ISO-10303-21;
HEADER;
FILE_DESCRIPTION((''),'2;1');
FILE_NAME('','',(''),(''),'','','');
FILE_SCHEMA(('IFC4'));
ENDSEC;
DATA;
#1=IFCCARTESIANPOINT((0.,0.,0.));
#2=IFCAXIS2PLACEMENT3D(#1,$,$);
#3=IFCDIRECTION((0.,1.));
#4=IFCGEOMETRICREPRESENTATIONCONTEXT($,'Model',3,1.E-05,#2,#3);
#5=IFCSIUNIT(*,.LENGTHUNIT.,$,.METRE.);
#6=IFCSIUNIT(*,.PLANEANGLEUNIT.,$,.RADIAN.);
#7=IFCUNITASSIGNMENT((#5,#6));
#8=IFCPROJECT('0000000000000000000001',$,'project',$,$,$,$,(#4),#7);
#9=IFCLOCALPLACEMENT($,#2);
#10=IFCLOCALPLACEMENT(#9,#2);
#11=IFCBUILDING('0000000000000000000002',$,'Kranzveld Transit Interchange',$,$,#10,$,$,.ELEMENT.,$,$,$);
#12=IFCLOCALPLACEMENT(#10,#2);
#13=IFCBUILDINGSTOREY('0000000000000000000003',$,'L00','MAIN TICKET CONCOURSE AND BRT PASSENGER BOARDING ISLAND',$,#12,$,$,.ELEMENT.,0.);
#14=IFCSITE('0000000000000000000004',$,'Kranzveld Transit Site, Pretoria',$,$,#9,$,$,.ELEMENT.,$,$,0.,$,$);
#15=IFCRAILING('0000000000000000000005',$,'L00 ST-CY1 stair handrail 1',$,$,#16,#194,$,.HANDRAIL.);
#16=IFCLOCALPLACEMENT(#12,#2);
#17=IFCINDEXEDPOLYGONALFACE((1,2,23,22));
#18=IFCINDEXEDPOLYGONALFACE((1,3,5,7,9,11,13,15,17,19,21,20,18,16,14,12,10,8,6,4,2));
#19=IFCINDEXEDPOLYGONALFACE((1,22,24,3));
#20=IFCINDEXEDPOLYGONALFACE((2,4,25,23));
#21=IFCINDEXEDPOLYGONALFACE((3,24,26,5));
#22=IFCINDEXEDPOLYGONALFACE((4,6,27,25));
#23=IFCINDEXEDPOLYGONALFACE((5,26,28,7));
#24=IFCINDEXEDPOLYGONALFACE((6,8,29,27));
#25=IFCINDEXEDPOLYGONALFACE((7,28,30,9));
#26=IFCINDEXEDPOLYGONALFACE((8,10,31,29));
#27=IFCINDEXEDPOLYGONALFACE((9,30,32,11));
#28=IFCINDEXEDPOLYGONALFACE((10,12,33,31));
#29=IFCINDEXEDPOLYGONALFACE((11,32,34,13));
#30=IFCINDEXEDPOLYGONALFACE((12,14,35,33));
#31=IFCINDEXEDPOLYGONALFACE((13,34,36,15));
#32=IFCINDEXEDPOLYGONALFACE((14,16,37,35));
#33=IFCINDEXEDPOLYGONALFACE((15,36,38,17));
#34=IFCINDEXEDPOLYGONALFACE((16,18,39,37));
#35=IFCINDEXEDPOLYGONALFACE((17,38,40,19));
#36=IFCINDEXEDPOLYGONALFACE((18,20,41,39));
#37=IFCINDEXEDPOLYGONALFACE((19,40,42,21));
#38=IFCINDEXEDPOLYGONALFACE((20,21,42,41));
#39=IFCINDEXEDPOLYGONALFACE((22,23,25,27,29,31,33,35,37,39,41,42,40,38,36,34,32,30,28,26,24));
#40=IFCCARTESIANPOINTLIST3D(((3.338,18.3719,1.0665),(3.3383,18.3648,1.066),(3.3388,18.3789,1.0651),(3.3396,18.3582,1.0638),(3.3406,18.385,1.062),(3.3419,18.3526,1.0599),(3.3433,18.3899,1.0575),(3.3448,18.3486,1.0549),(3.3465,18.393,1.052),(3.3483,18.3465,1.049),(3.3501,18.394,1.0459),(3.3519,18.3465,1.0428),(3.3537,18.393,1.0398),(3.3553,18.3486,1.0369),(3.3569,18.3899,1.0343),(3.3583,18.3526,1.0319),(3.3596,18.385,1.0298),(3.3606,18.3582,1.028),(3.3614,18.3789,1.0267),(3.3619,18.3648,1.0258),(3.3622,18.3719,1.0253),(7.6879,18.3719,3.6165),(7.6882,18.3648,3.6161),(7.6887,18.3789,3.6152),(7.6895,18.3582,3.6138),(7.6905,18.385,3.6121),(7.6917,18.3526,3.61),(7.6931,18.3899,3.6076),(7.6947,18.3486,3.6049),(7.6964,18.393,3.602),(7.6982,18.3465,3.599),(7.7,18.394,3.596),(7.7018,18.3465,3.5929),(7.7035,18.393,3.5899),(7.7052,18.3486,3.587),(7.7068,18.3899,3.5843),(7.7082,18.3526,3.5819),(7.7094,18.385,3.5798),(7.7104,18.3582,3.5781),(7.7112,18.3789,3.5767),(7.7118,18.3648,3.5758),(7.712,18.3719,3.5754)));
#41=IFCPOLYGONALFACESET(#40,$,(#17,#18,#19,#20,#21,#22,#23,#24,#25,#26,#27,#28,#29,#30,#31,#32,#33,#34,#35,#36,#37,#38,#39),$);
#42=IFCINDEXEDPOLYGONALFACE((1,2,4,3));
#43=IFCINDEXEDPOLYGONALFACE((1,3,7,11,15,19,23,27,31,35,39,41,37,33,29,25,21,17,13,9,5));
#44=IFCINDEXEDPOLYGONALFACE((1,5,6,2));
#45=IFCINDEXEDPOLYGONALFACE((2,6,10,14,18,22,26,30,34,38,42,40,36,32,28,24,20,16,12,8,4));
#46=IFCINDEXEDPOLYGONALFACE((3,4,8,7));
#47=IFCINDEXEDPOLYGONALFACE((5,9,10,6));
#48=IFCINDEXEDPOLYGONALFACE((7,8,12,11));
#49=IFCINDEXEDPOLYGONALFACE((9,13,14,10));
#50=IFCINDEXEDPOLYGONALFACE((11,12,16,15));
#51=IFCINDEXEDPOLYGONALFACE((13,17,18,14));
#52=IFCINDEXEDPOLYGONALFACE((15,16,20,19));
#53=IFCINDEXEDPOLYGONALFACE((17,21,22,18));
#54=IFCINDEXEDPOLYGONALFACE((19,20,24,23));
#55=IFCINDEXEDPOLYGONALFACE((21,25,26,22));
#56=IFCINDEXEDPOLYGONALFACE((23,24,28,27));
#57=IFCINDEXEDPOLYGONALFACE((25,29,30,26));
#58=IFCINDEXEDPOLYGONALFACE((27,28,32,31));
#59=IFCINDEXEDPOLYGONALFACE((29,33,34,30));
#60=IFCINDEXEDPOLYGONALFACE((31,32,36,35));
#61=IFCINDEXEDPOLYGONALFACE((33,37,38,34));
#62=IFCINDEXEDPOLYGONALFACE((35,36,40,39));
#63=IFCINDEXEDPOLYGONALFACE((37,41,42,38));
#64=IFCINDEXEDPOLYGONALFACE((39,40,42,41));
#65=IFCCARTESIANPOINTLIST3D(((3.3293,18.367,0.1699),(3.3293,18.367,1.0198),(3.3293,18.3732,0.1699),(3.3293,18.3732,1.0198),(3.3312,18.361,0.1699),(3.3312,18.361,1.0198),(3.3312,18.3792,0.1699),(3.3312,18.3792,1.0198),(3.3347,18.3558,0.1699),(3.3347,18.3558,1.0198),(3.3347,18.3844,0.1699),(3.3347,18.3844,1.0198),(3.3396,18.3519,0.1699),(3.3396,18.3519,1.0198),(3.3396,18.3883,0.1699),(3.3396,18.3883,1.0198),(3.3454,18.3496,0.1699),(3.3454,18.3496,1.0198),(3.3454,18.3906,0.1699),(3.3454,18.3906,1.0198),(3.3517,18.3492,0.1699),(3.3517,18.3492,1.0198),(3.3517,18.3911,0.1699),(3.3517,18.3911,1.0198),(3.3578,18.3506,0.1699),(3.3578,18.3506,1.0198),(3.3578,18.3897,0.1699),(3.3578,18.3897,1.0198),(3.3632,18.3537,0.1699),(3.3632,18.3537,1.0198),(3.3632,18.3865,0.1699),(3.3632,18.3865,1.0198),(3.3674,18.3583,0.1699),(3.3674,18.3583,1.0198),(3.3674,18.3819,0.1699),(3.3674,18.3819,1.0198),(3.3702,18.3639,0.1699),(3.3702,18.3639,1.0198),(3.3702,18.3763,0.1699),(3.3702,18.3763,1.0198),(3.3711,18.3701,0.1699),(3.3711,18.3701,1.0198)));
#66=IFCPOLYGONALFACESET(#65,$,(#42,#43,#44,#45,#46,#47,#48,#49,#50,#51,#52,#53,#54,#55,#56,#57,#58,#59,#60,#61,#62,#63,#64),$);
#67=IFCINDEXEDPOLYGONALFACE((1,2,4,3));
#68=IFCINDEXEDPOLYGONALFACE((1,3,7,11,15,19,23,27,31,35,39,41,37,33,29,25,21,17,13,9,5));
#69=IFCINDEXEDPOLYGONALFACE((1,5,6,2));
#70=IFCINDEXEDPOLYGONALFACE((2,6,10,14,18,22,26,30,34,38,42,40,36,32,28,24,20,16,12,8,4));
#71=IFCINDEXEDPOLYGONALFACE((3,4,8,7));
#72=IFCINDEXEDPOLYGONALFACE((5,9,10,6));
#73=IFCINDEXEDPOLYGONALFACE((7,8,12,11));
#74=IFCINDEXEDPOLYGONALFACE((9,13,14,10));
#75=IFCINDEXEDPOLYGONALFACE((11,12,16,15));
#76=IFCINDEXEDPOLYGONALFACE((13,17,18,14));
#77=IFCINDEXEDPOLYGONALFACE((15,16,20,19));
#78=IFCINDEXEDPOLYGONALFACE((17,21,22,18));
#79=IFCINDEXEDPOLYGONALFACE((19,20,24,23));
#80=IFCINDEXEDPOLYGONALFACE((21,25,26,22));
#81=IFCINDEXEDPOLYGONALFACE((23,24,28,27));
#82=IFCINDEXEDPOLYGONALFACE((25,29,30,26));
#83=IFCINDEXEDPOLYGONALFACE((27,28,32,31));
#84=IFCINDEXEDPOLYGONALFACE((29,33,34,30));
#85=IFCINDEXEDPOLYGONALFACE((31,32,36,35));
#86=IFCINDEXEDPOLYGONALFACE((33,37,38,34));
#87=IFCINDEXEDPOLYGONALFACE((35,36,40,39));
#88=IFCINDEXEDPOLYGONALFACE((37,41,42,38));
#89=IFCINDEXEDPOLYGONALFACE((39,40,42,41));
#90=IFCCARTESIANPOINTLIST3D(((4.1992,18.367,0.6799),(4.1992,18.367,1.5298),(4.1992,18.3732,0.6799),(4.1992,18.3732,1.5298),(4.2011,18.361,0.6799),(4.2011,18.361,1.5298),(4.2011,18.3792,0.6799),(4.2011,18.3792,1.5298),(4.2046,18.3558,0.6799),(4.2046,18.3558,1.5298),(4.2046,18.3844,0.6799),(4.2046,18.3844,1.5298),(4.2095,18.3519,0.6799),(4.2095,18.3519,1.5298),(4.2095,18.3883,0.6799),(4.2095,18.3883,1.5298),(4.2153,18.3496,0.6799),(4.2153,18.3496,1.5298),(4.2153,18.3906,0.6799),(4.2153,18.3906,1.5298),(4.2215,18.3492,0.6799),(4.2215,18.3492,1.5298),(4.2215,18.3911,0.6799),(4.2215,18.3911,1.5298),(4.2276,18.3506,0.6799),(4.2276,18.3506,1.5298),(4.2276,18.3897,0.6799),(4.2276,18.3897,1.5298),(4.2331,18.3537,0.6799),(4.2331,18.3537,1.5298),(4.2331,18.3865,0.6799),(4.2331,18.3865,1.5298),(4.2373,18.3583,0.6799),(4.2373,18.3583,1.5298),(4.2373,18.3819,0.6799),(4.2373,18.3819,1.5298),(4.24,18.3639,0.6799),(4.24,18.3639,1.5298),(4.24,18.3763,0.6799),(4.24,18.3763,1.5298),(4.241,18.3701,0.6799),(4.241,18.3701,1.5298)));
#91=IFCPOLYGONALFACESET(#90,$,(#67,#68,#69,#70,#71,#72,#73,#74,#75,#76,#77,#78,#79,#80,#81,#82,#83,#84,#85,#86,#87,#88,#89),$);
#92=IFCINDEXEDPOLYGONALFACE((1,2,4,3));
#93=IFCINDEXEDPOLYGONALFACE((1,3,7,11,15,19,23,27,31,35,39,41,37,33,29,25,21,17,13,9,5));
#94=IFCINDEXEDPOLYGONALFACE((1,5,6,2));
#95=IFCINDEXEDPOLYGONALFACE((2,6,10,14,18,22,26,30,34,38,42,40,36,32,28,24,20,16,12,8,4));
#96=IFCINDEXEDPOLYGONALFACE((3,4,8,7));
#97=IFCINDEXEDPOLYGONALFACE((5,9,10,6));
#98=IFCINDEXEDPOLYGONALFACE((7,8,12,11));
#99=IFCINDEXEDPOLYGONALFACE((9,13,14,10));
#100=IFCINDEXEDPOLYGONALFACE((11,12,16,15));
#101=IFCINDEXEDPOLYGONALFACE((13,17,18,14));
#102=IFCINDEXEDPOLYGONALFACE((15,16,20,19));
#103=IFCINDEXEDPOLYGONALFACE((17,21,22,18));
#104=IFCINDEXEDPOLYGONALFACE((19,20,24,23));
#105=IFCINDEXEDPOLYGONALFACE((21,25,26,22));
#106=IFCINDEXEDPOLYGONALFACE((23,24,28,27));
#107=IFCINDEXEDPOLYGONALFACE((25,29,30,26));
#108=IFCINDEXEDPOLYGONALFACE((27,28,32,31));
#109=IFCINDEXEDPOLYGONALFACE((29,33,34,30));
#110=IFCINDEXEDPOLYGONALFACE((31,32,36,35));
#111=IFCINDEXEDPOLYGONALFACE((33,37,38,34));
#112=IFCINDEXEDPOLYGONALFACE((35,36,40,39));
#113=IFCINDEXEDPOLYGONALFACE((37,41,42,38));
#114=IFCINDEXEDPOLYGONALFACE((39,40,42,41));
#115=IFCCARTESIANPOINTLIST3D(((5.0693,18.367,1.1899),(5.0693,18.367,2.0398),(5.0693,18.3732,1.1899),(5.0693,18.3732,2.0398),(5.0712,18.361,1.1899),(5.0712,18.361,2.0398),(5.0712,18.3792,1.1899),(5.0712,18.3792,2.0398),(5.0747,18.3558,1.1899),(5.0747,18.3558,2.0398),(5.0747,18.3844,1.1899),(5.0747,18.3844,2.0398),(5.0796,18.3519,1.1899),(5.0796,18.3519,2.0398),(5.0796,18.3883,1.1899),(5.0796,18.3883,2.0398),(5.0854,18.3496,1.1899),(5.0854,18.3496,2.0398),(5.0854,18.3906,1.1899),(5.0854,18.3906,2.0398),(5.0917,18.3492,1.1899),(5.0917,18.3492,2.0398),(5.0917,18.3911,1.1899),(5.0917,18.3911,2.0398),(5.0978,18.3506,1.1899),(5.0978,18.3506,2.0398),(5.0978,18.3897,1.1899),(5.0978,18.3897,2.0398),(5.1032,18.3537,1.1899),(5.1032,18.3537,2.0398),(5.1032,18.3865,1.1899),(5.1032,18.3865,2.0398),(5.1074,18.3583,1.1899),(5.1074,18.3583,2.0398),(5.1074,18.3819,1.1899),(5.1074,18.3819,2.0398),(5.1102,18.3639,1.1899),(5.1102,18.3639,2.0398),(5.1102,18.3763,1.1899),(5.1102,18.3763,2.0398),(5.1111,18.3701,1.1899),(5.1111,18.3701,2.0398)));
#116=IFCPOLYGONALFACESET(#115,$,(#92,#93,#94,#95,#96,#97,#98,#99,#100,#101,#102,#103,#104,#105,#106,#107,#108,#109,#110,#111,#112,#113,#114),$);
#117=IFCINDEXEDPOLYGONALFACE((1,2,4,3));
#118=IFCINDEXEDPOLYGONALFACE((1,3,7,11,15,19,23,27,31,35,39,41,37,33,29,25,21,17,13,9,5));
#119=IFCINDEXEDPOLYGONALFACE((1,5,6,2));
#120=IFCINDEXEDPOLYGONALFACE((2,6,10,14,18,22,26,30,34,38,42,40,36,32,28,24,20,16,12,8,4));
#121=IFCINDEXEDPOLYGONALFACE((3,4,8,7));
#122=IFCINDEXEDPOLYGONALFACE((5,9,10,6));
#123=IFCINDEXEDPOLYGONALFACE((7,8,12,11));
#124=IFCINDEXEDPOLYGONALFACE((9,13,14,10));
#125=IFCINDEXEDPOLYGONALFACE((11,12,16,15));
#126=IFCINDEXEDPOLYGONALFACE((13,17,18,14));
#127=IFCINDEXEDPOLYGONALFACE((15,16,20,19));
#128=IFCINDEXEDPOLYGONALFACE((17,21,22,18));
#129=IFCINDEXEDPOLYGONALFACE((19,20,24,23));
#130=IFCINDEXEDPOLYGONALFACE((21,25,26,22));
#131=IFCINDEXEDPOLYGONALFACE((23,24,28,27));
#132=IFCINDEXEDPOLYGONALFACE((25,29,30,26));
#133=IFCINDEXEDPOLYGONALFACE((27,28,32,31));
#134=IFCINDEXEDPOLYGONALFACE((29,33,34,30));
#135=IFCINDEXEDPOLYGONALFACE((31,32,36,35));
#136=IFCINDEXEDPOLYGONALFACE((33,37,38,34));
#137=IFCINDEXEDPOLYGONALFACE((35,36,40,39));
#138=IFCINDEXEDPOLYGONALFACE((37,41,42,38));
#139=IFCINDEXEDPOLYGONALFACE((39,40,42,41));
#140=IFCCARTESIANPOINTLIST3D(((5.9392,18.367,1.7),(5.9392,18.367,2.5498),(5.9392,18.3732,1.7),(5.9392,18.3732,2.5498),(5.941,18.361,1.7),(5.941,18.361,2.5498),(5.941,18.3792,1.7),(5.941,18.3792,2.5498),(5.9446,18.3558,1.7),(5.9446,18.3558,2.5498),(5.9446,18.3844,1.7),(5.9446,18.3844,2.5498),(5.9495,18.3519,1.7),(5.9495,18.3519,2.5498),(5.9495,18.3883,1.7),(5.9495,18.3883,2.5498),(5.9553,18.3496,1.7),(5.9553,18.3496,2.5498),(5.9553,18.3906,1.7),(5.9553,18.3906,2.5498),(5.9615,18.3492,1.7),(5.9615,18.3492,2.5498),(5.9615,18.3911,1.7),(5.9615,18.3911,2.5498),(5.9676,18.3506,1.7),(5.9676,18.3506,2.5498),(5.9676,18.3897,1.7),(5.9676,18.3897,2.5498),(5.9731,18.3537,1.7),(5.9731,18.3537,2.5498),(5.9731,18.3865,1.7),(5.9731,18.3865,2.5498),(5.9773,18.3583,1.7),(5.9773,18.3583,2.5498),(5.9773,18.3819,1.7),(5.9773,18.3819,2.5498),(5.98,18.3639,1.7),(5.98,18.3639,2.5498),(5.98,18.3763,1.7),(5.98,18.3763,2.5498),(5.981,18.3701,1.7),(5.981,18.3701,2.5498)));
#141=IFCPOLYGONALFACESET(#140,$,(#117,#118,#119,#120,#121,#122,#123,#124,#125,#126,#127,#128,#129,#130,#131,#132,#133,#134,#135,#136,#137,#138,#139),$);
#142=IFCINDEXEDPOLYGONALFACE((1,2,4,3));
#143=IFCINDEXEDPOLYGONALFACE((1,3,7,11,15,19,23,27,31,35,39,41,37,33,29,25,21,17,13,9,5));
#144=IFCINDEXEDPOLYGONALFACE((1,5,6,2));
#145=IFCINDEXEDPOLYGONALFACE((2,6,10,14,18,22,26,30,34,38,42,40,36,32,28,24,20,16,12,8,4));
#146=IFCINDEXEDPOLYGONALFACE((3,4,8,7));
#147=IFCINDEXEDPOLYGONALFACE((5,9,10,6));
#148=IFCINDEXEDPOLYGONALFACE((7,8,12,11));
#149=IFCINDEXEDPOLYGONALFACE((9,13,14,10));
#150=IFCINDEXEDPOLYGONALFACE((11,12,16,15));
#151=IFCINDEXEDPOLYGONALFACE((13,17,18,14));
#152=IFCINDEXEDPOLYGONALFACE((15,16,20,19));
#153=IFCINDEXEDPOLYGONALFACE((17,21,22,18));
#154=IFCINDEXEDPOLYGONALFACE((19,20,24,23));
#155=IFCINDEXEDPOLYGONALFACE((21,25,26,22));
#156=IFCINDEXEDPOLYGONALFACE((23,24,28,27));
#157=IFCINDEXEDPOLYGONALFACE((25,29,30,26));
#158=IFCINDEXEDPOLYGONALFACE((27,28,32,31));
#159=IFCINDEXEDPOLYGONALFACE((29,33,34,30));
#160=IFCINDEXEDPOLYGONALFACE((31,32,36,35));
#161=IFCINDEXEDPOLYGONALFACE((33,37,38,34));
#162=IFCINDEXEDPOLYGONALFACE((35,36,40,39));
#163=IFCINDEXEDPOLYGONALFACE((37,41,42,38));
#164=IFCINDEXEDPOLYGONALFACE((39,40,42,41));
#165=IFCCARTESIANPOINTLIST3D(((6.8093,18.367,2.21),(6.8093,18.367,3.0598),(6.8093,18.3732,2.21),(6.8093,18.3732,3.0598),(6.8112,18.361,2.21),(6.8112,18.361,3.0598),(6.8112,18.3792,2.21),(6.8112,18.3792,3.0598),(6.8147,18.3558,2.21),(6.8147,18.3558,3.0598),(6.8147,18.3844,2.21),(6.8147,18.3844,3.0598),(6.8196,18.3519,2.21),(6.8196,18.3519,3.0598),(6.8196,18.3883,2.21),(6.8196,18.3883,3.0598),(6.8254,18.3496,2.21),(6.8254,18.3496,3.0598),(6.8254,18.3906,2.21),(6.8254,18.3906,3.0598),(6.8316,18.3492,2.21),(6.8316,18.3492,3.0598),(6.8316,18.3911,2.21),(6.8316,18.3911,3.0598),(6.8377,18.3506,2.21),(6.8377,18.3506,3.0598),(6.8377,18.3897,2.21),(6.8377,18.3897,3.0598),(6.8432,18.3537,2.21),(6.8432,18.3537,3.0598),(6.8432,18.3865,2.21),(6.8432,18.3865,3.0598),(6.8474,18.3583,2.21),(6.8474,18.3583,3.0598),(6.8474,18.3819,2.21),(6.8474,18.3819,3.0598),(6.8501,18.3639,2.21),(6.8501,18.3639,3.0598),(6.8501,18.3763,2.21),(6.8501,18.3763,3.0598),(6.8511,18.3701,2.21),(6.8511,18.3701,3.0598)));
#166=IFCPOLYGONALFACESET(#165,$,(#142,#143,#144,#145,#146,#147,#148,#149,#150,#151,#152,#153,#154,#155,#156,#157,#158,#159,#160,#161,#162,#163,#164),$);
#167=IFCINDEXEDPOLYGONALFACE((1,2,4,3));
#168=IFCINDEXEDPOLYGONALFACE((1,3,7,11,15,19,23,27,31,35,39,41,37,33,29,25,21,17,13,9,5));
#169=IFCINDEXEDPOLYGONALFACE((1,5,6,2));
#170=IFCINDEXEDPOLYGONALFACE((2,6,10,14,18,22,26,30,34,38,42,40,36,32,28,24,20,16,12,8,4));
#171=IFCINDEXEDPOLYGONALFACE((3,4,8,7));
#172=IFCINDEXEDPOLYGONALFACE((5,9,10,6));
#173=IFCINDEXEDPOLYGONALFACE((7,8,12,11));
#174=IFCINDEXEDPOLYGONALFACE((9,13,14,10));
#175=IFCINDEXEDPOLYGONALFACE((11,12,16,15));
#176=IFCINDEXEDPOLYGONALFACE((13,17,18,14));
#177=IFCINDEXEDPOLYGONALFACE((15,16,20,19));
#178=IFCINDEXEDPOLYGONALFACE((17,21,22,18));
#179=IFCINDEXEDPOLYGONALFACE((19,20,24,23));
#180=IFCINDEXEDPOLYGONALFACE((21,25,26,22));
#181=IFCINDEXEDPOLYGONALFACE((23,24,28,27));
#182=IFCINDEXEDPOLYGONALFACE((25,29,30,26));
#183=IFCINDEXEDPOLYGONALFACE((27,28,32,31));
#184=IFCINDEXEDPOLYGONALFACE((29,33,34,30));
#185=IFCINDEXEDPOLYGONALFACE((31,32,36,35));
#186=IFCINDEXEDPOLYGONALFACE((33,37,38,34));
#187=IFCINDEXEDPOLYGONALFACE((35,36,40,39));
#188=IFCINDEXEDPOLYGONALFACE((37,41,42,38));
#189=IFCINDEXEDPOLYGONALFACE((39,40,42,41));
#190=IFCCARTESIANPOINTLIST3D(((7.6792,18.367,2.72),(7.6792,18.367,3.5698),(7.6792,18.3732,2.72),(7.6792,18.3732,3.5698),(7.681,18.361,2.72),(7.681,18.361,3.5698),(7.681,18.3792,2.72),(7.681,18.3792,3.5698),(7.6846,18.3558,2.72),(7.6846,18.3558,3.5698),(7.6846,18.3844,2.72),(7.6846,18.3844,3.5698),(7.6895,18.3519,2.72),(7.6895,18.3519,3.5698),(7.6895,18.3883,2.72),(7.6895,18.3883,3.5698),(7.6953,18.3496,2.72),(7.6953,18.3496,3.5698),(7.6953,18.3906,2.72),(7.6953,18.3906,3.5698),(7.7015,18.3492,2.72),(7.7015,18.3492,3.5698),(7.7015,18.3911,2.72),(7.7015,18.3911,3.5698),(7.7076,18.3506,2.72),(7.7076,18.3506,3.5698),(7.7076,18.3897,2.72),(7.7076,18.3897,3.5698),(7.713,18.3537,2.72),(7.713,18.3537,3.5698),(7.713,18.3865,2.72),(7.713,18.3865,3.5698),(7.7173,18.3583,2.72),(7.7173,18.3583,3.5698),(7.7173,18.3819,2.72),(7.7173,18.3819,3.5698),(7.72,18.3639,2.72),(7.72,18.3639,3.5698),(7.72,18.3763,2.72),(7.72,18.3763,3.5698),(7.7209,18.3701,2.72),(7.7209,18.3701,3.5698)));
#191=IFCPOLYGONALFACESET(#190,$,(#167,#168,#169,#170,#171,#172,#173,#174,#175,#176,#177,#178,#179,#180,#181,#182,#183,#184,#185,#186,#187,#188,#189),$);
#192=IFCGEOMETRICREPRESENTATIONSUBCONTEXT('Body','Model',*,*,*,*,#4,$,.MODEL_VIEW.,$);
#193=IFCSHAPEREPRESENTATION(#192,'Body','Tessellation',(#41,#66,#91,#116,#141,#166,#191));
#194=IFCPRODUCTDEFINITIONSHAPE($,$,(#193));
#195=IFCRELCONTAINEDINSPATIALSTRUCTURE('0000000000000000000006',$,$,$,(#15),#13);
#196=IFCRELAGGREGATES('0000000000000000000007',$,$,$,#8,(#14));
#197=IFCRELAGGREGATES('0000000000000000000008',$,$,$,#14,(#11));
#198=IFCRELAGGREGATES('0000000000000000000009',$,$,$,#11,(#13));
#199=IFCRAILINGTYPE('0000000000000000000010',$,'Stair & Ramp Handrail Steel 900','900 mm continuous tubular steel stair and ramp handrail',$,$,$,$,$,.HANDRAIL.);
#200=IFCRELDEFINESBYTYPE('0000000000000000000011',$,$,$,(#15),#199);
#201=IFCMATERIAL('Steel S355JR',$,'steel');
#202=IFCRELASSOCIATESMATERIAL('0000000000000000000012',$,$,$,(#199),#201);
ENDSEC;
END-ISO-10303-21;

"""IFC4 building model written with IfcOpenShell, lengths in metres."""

from ifc_helpers import new_model, si_unit, direction, frame, origin, origin_2d, place, context, subcontext, project, spatial, circle, extrude, material, type_object, element, save


model = new_model("IFC4")

# Units and contexts
model_context = context("Model", 3, precision=1e-05, world=origin(), true_north=direction((0.0, 1.0)))
body_context = subcontext(model_context, "Body", "Model", "MODEL_VIEW")
ifc_project = project(units=[si_unit("LENGTHUNIT", "METRE"), si_unit("PLANEANGLEUNIT", "RADIAN")], contexts=[model_context])

# Site, building, storey
site_placement = place(None, origin())
site = spatial("IfcSite", under=ifc_project, at=site_placement, Name="Kranzveld Transit Site, Pretoria", CompositionType="ELEMENT", RefElevation=0.0)
building_placement = place(site_placement, origin())
building = spatial("IfcBuilding", under=site, at=building_placement, Name="Kranzveld Transit Interchange", CompositionType="ELEMENT")
storey_placement = place(building_placement, origin())
storey = spatial("IfcBuildingStorey", under=building, at=storey_placement, Name="L00", Description="MAIN TICKET CONCOURSE AND BRT PASSENGER BOARDING ISLAND", CompositionType="ELEMENT", Elevation=0.0)

# Railing
ifc_material_1 = material(Name="Steel S355JR", Category="steel")
railing_type_1 = type_object("IfcRailingType", Name="Stair & Ramp Handrail Steel 900", Description="900 mm continuous tubular steel stair and ramp handrail", PredefinedType="HANDRAIL", material=ifc_material_1)
railing_1_placement = place(storey_placement, frame((3.3501, 18.3701, 0.1699)))
element("IfcRailing", 1, at=railing_1_placement, inside=storey, type_object=railing_type_1, Name="L00 ST-CY1 stair handrail 1", PredefinedType="HANDRAIL", context=body_context, shape_type="SweptSolid", body=[
    extrude(circle(Radius=0.0239, at=origin_2d()), frame((0.0, 0.0, 0.876), z_axis=(0.862686, 0.0, 0.505739), x_axis=(0.0, 1.0, 0.0)), (0.0, 0.0, 1.0), 5.0422),
    extrude(circle(Radius=0.021, at=origin_2d()), origin(), (0.0, 0.0, 1.0), 0.8499),
    extrude(circle(Radius=0.021, at=origin_2d()), frame((0.8699, 0.0, 0.51)), (0.0, 0.0, 1.0), 0.8499),
    extrude(circle(Radius=0.021, at=origin_2d()), frame((1.74, 0.0, 1.02)), (0.0, 0.0, 1.0), 0.8499),
    extrude(circle(Radius=0.021, at=origin_2d()), frame((2.6099, 0.0, 1.53)), (0.0, 0.0, 1.0), 0.8499),
    extrude(circle(Radius=0.021, at=origin_2d()), frame((3.48, 0.0, 2.04)), (0.0, 0.0, 1.0), 0.8499),
    extrude(circle(Radius=0.021, at=origin_2d()), frame((4.3499, 0.0, 2.55)), (0.0, 0.0, 1.0), 0.8499),
])

save(model, "model.ifc")
